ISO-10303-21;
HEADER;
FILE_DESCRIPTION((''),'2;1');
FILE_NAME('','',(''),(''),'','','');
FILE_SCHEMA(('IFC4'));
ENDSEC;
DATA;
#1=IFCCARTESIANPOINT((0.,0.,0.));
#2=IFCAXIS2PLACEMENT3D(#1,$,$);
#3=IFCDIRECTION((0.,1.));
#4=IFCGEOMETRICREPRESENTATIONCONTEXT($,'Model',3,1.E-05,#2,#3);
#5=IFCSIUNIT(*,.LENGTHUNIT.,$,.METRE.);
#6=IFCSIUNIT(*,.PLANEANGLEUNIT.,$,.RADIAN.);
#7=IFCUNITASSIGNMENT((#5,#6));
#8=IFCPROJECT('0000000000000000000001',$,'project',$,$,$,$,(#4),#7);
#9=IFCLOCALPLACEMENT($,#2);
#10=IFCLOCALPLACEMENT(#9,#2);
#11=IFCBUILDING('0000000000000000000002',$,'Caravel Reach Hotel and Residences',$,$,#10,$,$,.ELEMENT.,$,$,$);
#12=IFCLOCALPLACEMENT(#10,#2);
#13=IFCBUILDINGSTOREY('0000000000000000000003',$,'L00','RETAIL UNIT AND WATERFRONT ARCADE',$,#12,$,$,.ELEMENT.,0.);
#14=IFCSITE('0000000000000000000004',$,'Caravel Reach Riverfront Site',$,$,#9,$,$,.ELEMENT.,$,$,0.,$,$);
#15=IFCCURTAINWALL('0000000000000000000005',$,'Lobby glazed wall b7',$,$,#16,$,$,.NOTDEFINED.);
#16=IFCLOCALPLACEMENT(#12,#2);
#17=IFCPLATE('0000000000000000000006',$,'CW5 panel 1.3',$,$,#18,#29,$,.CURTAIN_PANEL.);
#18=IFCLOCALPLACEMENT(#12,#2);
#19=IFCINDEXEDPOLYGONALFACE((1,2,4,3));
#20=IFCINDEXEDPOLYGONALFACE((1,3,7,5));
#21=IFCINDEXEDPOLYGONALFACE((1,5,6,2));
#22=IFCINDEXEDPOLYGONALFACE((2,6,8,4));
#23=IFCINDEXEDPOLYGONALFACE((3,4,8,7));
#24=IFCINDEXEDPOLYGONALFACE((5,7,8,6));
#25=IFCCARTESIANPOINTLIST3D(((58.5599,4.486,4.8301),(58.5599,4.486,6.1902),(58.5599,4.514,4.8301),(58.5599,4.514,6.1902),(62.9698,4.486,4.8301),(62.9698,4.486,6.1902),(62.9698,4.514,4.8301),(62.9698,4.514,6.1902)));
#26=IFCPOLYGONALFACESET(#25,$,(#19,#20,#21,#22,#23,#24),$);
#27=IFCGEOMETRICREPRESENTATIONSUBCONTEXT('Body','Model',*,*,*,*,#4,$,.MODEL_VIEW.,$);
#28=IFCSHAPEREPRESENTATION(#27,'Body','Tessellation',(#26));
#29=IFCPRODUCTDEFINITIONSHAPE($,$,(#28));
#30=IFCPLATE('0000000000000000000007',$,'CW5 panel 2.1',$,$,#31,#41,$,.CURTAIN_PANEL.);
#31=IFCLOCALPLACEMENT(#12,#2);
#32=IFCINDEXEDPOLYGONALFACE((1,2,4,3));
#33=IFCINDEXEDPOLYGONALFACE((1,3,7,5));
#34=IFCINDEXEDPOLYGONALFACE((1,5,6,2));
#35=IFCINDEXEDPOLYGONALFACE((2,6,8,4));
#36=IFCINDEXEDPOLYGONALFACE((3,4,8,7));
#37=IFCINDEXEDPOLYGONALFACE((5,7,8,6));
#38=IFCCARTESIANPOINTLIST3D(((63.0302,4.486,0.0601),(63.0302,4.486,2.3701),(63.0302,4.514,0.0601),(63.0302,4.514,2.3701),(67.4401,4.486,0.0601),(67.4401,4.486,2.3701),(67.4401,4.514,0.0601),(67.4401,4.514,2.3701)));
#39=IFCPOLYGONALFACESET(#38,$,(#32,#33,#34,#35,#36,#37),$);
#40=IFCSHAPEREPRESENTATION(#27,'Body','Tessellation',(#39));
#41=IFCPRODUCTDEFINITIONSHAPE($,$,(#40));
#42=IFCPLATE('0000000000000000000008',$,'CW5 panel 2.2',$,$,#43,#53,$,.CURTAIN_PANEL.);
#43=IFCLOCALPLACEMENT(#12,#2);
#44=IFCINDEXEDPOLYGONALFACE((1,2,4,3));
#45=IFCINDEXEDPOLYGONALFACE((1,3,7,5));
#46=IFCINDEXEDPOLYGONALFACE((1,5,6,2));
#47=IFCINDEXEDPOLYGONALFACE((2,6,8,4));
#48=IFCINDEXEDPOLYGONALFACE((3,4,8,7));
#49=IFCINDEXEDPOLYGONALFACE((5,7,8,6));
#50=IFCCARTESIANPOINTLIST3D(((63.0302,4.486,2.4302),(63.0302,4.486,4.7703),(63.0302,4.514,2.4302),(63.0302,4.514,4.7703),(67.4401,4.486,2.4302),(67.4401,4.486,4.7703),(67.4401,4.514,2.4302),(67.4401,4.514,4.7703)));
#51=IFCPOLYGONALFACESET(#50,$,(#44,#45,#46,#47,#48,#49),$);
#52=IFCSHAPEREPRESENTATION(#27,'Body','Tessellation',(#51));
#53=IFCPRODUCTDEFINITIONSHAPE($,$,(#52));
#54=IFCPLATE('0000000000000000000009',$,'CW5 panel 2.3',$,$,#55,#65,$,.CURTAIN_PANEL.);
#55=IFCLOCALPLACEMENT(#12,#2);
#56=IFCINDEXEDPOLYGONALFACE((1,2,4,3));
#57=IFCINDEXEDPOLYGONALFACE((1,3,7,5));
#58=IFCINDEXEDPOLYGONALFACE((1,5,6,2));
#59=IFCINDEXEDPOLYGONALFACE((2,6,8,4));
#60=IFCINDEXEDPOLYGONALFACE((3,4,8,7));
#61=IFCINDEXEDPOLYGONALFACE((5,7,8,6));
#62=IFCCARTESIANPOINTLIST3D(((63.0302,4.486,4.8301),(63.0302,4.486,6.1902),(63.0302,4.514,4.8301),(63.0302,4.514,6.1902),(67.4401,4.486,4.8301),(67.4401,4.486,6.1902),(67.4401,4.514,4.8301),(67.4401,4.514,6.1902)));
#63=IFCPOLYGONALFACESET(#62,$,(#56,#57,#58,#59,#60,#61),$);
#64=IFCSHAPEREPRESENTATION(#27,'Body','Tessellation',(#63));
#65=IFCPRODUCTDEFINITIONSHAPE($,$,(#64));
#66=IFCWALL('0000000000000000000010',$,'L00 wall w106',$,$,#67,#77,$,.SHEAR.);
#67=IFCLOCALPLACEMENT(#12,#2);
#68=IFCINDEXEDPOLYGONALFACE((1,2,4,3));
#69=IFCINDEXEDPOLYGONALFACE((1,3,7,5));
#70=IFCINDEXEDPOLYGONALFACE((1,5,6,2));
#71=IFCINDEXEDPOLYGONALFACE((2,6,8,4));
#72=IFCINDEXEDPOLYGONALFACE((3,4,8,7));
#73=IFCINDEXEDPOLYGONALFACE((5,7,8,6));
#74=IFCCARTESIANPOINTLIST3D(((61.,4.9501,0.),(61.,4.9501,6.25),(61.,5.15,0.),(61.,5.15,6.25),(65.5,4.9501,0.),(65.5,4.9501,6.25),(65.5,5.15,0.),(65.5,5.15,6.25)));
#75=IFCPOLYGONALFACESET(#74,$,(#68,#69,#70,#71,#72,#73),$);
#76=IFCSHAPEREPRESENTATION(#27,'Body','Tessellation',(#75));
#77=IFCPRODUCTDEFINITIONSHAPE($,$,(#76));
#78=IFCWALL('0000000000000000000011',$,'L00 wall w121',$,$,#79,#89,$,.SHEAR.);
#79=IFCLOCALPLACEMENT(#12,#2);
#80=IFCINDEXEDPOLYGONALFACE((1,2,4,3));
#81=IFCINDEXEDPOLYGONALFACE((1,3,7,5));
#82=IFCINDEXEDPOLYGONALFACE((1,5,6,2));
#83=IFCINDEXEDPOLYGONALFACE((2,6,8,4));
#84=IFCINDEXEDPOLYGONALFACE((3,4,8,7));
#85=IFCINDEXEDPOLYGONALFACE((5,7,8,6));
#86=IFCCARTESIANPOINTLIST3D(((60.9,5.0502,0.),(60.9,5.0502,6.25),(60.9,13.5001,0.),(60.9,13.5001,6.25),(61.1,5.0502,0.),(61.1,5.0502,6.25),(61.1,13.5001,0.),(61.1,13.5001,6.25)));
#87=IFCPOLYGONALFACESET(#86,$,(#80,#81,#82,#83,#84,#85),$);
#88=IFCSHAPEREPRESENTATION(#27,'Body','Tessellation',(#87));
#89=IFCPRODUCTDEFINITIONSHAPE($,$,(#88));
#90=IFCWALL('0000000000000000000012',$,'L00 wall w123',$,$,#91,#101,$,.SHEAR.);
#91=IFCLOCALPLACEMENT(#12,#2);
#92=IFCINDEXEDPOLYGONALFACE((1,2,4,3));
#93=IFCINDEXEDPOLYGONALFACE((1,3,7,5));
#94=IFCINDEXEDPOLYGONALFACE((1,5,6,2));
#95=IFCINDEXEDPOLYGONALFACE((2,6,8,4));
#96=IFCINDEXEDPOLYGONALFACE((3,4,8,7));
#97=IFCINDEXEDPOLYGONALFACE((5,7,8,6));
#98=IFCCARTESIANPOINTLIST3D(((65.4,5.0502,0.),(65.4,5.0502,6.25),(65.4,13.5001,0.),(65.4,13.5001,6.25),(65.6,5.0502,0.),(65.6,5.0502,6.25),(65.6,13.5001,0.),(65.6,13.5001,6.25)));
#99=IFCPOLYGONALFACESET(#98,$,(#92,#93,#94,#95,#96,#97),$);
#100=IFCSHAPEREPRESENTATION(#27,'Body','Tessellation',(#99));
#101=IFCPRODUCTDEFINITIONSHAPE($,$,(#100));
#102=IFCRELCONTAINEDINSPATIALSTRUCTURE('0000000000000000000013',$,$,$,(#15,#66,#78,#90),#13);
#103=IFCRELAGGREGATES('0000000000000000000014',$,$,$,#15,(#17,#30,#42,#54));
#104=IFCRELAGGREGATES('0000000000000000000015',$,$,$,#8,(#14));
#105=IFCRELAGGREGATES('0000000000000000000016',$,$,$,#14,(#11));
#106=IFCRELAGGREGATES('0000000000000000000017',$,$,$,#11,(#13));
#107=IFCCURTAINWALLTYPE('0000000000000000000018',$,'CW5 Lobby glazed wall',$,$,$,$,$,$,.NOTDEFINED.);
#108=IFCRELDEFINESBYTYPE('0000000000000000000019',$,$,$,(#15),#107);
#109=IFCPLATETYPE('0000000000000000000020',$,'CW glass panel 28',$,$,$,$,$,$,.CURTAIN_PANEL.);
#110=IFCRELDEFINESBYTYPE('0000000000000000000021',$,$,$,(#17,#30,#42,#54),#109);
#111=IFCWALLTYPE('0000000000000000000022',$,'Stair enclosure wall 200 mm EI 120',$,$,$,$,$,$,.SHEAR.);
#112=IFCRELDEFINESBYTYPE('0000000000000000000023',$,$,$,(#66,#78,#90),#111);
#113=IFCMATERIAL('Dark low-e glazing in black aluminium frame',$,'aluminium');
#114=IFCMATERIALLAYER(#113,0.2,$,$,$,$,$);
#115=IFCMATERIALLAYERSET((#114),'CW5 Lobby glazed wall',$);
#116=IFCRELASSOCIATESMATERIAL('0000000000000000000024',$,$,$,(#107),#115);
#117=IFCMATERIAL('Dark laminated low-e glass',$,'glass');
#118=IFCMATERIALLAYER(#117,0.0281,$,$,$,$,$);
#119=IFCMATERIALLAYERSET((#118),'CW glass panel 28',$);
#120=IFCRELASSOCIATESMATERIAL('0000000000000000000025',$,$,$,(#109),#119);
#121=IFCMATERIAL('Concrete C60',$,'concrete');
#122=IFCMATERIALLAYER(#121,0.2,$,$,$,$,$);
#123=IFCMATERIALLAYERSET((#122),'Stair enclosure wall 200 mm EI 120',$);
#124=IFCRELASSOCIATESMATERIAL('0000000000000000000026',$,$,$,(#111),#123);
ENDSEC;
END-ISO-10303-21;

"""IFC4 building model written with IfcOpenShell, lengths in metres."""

from ifc_helpers import new_model, si_unit, direction, frame, frame_2d, origin, origin_2d, place, context, subcontext, project, spatial, rectangle, extrude, material, layer, layer_set, type_object, element, aggregate, save


model = new_model("IFC4")

# Units and contexts
model_context = context("Model", 3, precision=1e-05, world=origin(), true_north=direction((0.0, 1.0)))
body_context = subcontext(model_context, "Body", "Model", "MODEL_VIEW")
ifc_project = project(units=[si_unit("LENGTHUNIT", "METRE"), si_unit("PLANEANGLEUNIT", "RADIAN")], contexts=[model_context])

# Site, building, storey
site_placement = place(None, origin())
site = spatial("IfcSite", under=ifc_project, at=site_placement, Name="Caravel Reach Riverfront Site", CompositionType="ELEMENT", RefElevation=0.0)
building_placement = place(site_placement, origin())
building = spatial("IfcBuilding", under=site, at=building_placement, Name="Caravel Reach Hotel and Residences", CompositionType="ELEMENT")
storey_placement = place(building_placement, origin())
storey = spatial("IfcBuildingStorey", under=building, at=storey_placement, Name="L00", Description="RETAIL UNIT AND WATERFRONT ARCADE", CompositionType="ELEMENT", Elevation=0.0)

# Curtain wall
ifc_material_1 = material(Name="Dark low-e glazing in black aluminium frame", Category="aluminium")
ifc_layer_1 = layer(ifc_material_1, 0.2)
ifc_layer_set_1 = layer_set([ifc_layer_1], Name="CW5 Lobby glazed wall")
curtain_wall_type_1 = type_object("IfcCurtainWallType", Name="CW5 Lobby glazed wall", PredefinedType="NOTDEFINED", material=ifc_layer_set_1)
curtain_wall_1_placement = place(storey_placement, origin())
curtain_wall_1 = element("IfcCurtainWall", 1, at=curtain_wall_1_placement, inside=storey, type_object=curtain_wall_type_1, Name="Lobby glazed wall b7", PredefinedType="NOTDEFINED")

# Plates
ifc_material_2 = material(Name="Dark laminated low-e glass", Category="glass")
ifc_layer_2 = layer(ifc_material_2, 0.0281)
ifc_layer_set_2 = layer_set([ifc_layer_2], Name="CW glass panel 28")
plate_type = type_object("IfcPlateType", Name="CW glass panel 28", PredefinedType="CURTAIN_PANEL", material=ifc_layer_set_2)
plate_1_placement = place(storey_placement, frame((60.7649, 4.5, 4.8301), z_axis=(0.0, 0.0, 1.0), x_axis=(1.0, 0.0, 0.0)))
plate_1 = element("IfcPlate", 2, at=plate_1_placement, type_object=plate_type, Name="CW5 panel 1.3", PredefinedType="CURTAIN_PANEL", context=body_context, shape_type="SweptSolid", body=[
    extrude(rectangle(XDim=4.4099, YDim=0.0281, at=origin_2d()), origin(), (0.0, 0.0, 1.0), 1.3601),
])
plate_2_placement = place(storey_placement, frame((65.2351, 4.5, 0.0601), z_axis=(0.0, 0.0, 1.0), x_axis=(1.0, 0.0, 0.0)))
plate_2 = element("IfcPlate", 3, at=plate_2_placement, type_object=plate_type, Name="CW5 panel 2.1", PredefinedType="CURTAIN_PANEL", context=body_context, shape_type="SweptSolid", body=[
    extrude(rectangle(XDim=4.4099, YDim=0.0281, at=origin_2d()), origin(), (0.0, 0.0, 1.0), 2.3101),
])
plate_3_placement = place(storey_placement, frame((65.2351, 4.5, 2.4302), z_axis=(0.0, 0.0, 1.0), x_axis=(1.0, 0.0, 0.0)))
plate_3 = element("IfcPlate", 4, at=plate_3_placement, type_object=plate_type, Name="CW5 panel 2.2", PredefinedType="CURTAIN_PANEL", context=body_context, shape_type="SweptSolid", body=[
    extrude(rectangle(XDim=4.4099, YDim=0.0281, at=origin_2d()), origin(), (0.0, 0.0, 1.0), 2.3401),
])
plate_4_placement = place(storey_placement, frame((65.2351, 4.5, 4.8301), z_axis=(0.0, 0.0, 1.0), x_axis=(1.0, 0.0, 0.0)))
plate_4 = element("IfcPlate", 5, at=plate_4_placement, type_object=plate_type, Name="CW5 panel 2.3", PredefinedType="CURTAIN_PANEL", context=body_context, shape_type="SweptSolid", body=[
    extrude(rectangle(XDim=4.4099, YDim=0.0281, at=origin_2d()), origin(), (0.0, 0.0, 1.0), 1.3601),
])
aggregate(curtain_wall_1, [plate_1, plate_2, plate_3, plate_4])

# Walls
ifc_material_3 = material(Name="Concrete C60", Category="concrete")
ifc_layer_3 = layer(ifc_material_3, 0.2)
ifc_layer_set_3 = layer_set([ifc_layer_3], Name="Stair enclosure wall 200 mm EI 120")
wall_type = type_object("IfcWallType", Name="Stair enclosure wall 200 mm EI 120", PredefinedType="SHEAR", material=ifc_layer_set_3)
wall_placement = place(storey_placement, frame((61.0, 5.05, 0.0), z_axis=(0.0, 0.0, 1.0), x_axis=(1.0, 0.0, 0.0)))
element("IfcWall", 6, at=wall_placement, inside=storey, type_object=wall_type, Name="L00 wall w106", PredefinedType="SHEAR", context=body_context, shape_type="SweptSolid", body=[
    extrude(rectangle(XDim=4.5, YDim=0.2, at=frame_2d((2.25, 0.0))), origin(), (0.0, 0.0, 1.0), 6.25),
])
for number, where, z_axis, x_axis, name in (
    (7, (61.0, 5.05, 0.0), (0.0, 0.0, 1.0), (0.0, 1.0, 0.0), "L00 wall w121"),
    (8, (65.5, 5.05, 0.0), (0.0, 0.0, 1.0), (0.0, 1.0, 0.0), "L00 wall w123"),
):
    element("IfcWall", number, at=place(storey_placement, frame(where, z_axis=z_axis, x_axis=x_axis)), inside=storey, type_object=wall_type, Name=name, PredefinedType="SHEAR", context=body_context, shape_type="SweptSolid", body=[
        extrude(rectangle(XDim=8.45, YDim=0.2, at=frame_2d((4.2251, 0.0))), origin(), (0.0, 0.0, 1.0), 6.25),
    ])

save(model, "model.ifc")
